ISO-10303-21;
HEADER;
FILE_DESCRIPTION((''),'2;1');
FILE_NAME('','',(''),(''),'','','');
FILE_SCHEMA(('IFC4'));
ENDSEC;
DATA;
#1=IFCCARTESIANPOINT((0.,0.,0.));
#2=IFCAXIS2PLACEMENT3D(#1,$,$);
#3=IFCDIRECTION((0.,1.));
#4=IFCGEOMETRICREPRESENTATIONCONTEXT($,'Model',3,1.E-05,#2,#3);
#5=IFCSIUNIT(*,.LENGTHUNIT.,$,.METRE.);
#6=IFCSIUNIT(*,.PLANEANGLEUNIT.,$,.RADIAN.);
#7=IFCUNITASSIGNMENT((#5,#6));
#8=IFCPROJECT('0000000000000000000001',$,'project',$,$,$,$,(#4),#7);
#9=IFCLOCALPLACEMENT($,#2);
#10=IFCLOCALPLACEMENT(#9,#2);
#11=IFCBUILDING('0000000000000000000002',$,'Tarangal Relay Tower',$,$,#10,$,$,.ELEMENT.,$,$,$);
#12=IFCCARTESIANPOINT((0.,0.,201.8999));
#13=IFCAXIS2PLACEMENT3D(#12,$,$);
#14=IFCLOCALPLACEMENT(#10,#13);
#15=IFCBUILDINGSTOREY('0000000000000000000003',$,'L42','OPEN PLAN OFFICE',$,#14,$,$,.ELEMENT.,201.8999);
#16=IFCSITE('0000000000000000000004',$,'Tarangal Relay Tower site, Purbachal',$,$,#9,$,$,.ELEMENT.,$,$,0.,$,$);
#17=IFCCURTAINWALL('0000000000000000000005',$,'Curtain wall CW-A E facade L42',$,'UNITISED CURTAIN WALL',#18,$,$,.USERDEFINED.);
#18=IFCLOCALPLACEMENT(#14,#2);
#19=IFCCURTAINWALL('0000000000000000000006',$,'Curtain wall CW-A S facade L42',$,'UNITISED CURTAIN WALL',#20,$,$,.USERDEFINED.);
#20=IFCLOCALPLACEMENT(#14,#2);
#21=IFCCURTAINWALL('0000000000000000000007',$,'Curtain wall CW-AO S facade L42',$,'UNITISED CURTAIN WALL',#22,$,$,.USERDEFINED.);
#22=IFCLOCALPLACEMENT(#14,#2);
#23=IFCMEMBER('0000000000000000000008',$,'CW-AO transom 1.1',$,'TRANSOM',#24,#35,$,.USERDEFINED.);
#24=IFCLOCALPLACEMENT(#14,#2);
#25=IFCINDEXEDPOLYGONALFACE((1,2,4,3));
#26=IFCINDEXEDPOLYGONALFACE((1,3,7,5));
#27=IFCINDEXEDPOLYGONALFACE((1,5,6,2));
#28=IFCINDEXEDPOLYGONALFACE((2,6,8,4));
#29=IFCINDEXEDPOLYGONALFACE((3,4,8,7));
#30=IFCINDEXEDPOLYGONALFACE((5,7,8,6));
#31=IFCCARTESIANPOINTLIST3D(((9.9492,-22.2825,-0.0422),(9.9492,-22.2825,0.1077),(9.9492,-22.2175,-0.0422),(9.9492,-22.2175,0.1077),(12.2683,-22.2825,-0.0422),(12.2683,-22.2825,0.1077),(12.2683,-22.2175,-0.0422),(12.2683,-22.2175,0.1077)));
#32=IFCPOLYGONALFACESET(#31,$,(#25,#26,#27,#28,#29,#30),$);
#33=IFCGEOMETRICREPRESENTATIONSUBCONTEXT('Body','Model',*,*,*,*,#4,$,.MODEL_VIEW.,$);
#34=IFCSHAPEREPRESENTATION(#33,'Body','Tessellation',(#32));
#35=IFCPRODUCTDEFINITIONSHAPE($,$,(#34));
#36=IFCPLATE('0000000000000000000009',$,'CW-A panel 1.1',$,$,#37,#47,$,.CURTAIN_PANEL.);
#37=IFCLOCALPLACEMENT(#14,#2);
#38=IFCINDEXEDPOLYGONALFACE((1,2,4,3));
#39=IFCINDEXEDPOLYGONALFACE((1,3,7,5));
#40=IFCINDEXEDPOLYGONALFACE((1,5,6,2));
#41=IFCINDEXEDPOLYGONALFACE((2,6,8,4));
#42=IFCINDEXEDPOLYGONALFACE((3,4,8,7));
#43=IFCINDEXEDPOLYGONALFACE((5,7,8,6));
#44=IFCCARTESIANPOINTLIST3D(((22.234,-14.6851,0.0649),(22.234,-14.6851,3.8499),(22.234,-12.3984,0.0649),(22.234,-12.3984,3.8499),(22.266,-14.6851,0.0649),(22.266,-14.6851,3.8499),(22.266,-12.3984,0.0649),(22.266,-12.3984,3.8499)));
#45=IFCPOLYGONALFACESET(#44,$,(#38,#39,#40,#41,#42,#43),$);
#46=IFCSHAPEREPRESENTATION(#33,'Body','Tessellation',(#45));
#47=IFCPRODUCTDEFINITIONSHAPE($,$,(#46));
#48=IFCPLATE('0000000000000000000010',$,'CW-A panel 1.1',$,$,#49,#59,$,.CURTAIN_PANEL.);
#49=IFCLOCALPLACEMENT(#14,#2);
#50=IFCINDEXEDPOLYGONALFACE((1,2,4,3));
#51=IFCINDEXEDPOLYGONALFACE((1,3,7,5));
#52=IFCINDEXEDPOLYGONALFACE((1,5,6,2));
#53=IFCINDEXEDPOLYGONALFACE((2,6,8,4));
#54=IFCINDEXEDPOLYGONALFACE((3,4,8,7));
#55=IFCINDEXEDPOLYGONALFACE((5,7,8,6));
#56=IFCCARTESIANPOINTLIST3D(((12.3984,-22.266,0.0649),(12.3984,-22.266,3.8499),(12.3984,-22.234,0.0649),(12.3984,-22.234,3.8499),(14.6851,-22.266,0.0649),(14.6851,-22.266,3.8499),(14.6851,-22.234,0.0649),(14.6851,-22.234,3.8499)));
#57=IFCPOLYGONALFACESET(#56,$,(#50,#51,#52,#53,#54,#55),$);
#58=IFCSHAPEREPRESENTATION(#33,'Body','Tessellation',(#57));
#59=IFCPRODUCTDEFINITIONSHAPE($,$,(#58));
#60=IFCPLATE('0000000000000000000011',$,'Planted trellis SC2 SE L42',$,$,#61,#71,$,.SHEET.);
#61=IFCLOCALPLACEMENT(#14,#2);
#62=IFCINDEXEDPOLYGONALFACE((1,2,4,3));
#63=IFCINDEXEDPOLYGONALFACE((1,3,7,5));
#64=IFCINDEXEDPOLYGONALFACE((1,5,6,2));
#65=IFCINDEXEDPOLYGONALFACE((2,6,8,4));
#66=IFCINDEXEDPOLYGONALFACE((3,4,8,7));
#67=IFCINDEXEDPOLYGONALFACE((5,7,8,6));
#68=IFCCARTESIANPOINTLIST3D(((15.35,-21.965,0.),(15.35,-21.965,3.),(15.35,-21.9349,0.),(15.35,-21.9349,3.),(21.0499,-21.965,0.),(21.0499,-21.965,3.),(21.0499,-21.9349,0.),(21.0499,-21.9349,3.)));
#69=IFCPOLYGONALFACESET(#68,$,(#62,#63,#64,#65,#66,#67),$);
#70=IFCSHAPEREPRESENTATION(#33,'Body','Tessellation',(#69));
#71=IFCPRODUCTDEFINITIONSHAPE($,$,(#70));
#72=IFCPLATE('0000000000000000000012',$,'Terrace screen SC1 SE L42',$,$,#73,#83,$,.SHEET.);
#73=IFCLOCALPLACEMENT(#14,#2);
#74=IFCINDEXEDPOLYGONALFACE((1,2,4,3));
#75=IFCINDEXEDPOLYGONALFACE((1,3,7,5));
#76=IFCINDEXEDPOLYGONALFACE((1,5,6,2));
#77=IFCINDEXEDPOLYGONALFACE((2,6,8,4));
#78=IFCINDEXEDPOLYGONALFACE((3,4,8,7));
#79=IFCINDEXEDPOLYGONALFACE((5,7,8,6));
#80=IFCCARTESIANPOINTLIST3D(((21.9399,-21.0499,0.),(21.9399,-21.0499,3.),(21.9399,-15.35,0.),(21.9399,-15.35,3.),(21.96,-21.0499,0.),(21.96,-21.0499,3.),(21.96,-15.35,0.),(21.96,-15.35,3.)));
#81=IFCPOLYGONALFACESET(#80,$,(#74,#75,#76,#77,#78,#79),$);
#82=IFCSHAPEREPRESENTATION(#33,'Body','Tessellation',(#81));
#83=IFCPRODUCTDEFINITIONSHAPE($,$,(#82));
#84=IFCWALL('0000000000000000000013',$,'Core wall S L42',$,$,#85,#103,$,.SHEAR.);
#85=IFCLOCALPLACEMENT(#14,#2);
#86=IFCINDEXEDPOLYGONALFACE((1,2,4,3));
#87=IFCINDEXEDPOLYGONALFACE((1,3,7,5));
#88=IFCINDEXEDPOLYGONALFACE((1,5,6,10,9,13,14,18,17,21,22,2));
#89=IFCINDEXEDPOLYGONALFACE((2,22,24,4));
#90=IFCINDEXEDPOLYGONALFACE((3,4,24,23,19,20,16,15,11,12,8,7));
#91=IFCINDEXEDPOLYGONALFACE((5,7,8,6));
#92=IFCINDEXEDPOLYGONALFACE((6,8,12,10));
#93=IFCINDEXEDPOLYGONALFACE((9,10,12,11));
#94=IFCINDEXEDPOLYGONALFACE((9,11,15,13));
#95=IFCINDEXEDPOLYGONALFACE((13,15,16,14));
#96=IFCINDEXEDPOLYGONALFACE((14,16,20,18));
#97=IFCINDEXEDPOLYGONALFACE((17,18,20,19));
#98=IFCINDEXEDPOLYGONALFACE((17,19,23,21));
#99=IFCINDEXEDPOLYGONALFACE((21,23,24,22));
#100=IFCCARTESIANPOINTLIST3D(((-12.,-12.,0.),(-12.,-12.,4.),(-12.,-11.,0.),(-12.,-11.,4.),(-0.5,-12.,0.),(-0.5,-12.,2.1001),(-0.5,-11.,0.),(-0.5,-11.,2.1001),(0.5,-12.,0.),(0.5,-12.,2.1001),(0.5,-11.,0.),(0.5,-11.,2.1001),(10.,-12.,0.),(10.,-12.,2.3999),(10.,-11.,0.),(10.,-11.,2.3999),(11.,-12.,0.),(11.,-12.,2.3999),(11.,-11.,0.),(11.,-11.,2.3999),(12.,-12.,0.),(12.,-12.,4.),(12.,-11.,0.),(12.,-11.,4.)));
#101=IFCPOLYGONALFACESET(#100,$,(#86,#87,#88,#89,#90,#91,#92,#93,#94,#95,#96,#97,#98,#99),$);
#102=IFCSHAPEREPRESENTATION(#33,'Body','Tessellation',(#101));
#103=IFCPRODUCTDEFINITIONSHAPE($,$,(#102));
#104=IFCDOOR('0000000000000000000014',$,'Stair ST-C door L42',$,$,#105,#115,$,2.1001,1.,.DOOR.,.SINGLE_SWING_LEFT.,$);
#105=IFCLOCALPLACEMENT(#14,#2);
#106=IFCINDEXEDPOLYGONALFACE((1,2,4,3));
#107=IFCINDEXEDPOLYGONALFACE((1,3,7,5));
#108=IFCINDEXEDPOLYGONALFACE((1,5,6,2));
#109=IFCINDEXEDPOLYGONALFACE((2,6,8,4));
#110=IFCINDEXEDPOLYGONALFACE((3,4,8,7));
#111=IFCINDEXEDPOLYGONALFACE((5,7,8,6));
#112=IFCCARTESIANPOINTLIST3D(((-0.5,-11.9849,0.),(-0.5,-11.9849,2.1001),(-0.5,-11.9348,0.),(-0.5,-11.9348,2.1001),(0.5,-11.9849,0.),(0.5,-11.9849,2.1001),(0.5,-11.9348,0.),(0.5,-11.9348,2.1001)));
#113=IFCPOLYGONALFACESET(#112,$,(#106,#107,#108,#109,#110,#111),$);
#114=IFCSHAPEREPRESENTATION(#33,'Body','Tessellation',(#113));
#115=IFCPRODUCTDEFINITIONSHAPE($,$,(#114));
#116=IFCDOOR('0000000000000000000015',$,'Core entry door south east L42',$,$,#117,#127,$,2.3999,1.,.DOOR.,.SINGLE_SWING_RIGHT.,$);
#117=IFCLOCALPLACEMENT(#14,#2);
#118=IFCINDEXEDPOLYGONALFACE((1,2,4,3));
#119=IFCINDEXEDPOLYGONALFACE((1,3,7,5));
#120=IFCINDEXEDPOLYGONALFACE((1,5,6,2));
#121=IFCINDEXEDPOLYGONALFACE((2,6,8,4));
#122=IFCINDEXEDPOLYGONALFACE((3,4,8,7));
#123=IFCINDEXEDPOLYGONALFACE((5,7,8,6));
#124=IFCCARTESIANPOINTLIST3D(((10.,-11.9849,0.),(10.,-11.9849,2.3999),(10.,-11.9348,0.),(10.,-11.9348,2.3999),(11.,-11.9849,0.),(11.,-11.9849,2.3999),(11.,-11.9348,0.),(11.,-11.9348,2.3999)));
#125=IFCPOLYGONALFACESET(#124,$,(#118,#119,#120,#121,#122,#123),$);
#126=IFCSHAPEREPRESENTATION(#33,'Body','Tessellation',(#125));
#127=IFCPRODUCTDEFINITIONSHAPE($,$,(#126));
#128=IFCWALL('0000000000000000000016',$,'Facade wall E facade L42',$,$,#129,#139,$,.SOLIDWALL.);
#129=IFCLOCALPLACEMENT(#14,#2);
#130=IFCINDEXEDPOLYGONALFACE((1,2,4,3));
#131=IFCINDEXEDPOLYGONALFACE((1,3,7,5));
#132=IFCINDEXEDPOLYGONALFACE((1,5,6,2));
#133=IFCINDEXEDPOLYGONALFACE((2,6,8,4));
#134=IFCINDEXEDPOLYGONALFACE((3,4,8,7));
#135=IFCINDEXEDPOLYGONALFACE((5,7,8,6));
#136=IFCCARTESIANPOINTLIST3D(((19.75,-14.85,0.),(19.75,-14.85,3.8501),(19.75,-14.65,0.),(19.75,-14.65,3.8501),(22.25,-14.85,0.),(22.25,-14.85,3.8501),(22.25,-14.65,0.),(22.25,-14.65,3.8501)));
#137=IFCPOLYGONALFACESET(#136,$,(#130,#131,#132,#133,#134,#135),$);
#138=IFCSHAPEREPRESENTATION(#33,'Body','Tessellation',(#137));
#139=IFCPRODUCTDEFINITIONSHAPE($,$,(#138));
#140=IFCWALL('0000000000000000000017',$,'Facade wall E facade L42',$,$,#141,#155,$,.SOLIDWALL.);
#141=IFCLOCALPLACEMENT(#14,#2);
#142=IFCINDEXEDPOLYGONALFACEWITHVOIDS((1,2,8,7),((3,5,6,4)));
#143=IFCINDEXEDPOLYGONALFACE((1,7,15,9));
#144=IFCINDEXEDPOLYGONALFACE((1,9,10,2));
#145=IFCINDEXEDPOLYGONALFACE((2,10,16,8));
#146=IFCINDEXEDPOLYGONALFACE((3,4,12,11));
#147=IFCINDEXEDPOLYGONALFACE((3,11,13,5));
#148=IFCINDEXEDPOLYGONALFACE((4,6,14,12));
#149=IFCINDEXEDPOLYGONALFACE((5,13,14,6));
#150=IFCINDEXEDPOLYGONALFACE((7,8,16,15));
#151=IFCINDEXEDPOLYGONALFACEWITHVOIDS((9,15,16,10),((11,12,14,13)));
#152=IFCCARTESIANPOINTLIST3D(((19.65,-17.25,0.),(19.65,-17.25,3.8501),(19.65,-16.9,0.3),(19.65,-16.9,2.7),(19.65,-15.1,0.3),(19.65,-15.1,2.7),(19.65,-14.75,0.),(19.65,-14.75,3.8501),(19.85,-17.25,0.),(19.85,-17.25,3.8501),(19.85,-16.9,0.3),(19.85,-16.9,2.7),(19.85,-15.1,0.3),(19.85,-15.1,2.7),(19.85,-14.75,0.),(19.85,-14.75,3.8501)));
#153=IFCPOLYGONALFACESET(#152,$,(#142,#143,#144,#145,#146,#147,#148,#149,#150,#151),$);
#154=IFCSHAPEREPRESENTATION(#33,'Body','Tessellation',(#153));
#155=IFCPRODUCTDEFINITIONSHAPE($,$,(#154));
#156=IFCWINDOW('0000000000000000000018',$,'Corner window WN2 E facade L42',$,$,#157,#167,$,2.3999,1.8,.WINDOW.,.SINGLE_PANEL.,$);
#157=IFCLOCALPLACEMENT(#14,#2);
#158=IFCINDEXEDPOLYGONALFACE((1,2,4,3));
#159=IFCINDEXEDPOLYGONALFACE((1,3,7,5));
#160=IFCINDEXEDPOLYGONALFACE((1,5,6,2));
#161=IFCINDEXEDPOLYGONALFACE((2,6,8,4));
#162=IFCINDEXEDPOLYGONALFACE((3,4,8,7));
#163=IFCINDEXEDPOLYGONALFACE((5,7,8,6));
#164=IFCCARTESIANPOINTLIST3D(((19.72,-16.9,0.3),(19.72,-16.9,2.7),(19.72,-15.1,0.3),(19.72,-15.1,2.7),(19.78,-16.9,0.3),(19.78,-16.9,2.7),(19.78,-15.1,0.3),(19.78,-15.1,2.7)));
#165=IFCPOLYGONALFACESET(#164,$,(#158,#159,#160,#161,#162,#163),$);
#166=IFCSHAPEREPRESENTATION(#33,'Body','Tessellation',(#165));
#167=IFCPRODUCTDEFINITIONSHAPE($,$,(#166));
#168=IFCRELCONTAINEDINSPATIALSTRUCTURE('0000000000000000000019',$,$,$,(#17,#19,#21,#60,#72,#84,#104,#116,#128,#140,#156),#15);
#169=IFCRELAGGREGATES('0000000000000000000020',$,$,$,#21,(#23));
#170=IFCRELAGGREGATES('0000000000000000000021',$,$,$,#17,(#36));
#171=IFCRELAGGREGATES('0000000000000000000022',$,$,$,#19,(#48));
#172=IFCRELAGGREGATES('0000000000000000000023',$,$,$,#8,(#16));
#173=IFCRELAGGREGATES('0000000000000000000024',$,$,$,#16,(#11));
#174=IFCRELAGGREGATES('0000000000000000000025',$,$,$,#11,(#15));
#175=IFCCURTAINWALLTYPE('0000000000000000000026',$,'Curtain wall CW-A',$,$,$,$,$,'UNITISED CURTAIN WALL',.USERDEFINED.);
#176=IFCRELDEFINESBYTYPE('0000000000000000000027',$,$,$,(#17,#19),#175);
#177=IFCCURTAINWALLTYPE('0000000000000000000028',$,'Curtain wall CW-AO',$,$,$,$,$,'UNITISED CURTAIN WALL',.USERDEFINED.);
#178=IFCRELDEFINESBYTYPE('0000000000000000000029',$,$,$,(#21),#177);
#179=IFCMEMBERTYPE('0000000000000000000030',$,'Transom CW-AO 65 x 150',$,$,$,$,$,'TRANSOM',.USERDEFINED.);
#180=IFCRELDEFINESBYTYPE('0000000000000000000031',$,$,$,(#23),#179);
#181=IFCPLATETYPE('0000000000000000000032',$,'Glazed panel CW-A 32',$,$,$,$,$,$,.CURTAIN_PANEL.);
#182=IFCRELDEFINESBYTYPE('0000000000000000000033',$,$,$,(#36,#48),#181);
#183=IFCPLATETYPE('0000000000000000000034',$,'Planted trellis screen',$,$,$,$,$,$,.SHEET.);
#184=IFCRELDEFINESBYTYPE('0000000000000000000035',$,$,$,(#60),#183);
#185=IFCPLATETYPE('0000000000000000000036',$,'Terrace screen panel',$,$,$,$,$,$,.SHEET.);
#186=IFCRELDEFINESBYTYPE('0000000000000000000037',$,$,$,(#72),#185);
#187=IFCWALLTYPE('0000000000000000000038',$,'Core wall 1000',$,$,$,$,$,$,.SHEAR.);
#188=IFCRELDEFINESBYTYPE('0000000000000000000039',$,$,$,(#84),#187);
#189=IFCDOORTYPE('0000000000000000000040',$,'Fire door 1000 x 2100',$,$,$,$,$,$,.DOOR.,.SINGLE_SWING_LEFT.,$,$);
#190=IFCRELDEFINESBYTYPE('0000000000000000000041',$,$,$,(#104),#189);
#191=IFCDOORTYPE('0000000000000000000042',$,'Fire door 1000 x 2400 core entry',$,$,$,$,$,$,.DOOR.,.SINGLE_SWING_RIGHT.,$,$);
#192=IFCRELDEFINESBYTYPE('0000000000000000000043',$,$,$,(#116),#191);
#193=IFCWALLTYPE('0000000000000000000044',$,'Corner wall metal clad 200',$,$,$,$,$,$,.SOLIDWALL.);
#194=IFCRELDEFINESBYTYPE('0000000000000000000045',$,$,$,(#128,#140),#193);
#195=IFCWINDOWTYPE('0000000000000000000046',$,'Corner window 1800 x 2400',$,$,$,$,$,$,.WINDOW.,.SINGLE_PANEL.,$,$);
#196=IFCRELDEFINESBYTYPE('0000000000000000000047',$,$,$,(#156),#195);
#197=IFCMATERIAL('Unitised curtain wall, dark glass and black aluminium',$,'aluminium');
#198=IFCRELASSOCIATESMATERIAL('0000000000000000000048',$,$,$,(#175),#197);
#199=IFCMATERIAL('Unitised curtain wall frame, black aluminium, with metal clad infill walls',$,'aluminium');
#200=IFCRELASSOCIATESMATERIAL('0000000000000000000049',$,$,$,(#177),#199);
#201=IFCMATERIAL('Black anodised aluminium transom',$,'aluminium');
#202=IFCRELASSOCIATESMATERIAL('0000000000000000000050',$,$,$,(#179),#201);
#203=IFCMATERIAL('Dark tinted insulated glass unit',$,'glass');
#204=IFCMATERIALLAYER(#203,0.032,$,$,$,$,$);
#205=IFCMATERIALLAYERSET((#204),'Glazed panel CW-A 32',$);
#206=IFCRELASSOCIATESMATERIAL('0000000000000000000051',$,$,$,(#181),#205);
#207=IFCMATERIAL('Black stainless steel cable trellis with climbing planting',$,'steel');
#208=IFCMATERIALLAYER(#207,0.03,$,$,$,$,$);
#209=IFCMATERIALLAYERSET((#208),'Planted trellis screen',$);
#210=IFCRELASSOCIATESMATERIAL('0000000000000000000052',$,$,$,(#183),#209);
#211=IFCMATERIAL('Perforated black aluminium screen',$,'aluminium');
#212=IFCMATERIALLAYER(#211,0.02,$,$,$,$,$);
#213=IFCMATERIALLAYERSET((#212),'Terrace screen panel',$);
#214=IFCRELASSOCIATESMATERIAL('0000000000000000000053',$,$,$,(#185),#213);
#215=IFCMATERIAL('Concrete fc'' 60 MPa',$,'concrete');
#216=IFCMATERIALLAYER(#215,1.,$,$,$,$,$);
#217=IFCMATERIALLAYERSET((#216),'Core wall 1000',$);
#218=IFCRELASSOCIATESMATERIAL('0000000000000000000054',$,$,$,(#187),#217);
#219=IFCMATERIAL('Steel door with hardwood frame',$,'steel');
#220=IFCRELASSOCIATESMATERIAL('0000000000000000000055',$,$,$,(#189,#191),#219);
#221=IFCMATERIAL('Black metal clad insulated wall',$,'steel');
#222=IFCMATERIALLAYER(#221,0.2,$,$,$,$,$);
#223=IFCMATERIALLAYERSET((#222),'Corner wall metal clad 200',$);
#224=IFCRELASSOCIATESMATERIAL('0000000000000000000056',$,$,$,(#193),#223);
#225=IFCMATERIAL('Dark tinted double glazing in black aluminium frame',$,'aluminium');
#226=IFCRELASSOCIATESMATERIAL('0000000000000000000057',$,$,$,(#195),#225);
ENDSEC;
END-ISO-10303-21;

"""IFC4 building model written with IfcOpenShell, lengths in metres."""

from ifc_helpers import new_model, si_unit, direction, frame, frame_2d, origin, origin_2d, place, context, subcontext, project, spatial, rectangle, extrude, material, layer, layer_set, material_profile, profile_set, type_object, element, fill, aggregate, save


model = new_model("IFC4")

# Units and contexts
model_context = context("Model", 3, precision=1e-05, world=origin(), true_north=direction((0.0, 1.0)))
body_context = subcontext(model_context, "Body", "Model", "MODEL_VIEW")
ifc_project = project(units=[si_unit("LENGTHUNIT", "METRE"), si_unit("PLANEANGLEUNIT", "RADIAN")], contexts=[model_context])

# Site, building, storey
site_placement = place(None, origin())
site = spatial("IfcSite", under=ifc_project, at=site_placement, Name="Tarangal Relay Tower site, Purbachal", CompositionType="ELEMENT", RefElevation=0.0)
building_placement = place(site_placement, origin())
building = spatial("IfcBuilding", under=site, at=building_placement, Name="Tarangal Relay Tower", CompositionType="ELEMENT")
storey_placement = place(building_placement, frame((0.0, 0.0, 201.8999)))
storey = spatial("IfcBuildingStorey", under=building, at=storey_placement, Name="L42", Description="OPEN PLAN OFFICE", CompositionType="ELEMENT", Elevation=201.8999)

# Curtain walls
ifc_material_1 = material(Name="Unitised curtain wall, dark glass and black aluminium", Category="aluminium")
curtain_wall_type_1 = type_object("IfcCurtainWallType", Name="Curtain wall CW-A", ElementType="UNITISED CURTAIN WALL", PredefinedType="USERDEFINED", material=ifc_material_1)
curtain_wall_1_placement = place(storey_placement, origin())
curtain_wall_1 = element("IfcCurtainWall", 1, at=curtain_wall_1_placement, inside=storey, type_object=curtain_wall_type_1, Name="Curtain wall CW-A E facade L42", ObjectType="UNITISED CURTAIN WALL", PredefinedType="USERDEFINED")
curtain_wall_2_placement = place(storey_placement, origin())
curtain_wall_2 = element("IfcCurtainWall", 2, at=curtain_wall_2_placement, inside=storey, type_object=curtain_wall_type_1, Name="Curtain wall CW-A S facade L42", ObjectType="UNITISED CURTAIN WALL", PredefinedType="USERDEFINED")

# Curtain wall
ifc_material_2 = material(Name="Unitised curtain wall frame, black aluminium, with metal clad infill walls", Category="aluminium")
curtain_wall_type_2 = type_object("IfcCurtainWallType", Name="Curtain wall CW-AO", ElementType="UNITISED CURTAIN WALL", PredefinedType="USERDEFINED", material=ifc_material_2)
curtain_wall_3_placement = place(storey_placement, origin())
curtain_wall_3 = element("IfcCurtainWall", 3, at=curtain_wall_3_placement, inside=storey, type_object=curtain_wall_type_2, Name="Curtain wall CW-AO S facade L42", ObjectType="UNITISED CURTAIN WALL", PredefinedType="USERDEFINED")

# Member
ifc_material_3 = material(Name="Black anodised aluminium transom", Category="aluminium")
ifc_material_profile_1 = material_profile(ifc_material_3, rectangle(XDim=0.0649, YDim=0.1499, at=origin_2d()), Name="CW-AOT 65X150")
ifc_profile_set_1 = profile_set([ifc_material_profile_1], Name="Black anodised aluminium transom")
member_type_1 = type_object("IfcMemberType", Name="Transom CW-AO 65 x 150", ElementType="TRANSOM", PredefinedType="USERDEFINED", material=ifc_profile_set_1)
member_1_placement = place(storey_placement, frame((12.2683, -22.25, 0.0327), z_axis=(-1.0, 0.0, 0.0), x_axis=(0.0, -1.0, 0.0)))
member_1 = element("IfcMember", 4, at=member_1_placement, type_object=member_type_1, Name="CW-AO transom 1.1", ObjectType="TRANSOM", PredefinedType="USERDEFINED", context=body_context, shape_type="SweptSolid", body=[
    extrude(rectangle(XDim=0.0649, YDim=0.1499, at=origin_2d()), origin(), (0.0, 0.0, 1.0), 2.3191),
])
aggregate(curtain_wall_3, [member_1])

# Plates
ifc_material_4 = material(Name="Dark tinted insulated glass unit", Category="glass")
ifc_layer_1 = layer(ifc_material_4, 0.032)
ifc_layer_set_1 = layer_set([ifc_layer_1], Name="Glazed panel CW-A 32")
plate_type_1 = type_object("IfcPlateType", Name="Glazed panel CW-A 32", PredefinedType="CURTAIN_PANEL", material=ifc_layer_set_1)
plate_1_placement = place(storey_placement, frame((22.25, -13.5417, 0.0649), z_axis=(0.0, 0.0, 1.0), x_axis=(0.0, -1.0, 0.0)))
plate_1 = element("IfcPlate", 5, at=plate_1_placement, type_object=plate_type_1, Name="CW-A panel 1.1", PredefinedType="CURTAIN_PANEL", context=body_context, shape_type="SweptSolid", body=[
    extrude(rectangle(XDim=2.2866, YDim=0.032, at=origin_2d()), origin(), (0.0, 0.0, 1.0), 3.7849),
])
aggregate(curtain_wall_1, [plate_1])
plate_2_placement = place(storey_placement, frame((13.5417, -22.25, 0.0649), z_axis=(0.0, 0.0, 1.0), x_axis=(-1.0, 0.0, 0.0)))
plate_2 = element("IfcPlate", 6, at=plate_2_placement, type_object=plate_type_1, Name="CW-A panel 1.1", PredefinedType="CURTAIN_PANEL", context=body_context, shape_type="SweptSolid", body=[
    extrude(rectangle(XDim=2.2866, YDim=0.032, at=origin_2d()), origin(), (0.0, 0.0, 1.0), 3.7849),
])
aggregate(curtain_wall_2, [plate_2])

# Plates
ifc_material_5 = material(Name="Black stainless steel cable trellis with climbing planting", Category="steel")
ifc_layer_2 = layer(ifc_material_5, 0.03)
ifc_layer_set_2 = layer_set([ifc_layer_2], Name="Planted trellis screen")
plate_type_2 = type_object("IfcPlateType", Name="Planted trellis screen", PredefinedType="SHEET", material=ifc_layer_set_2)
plate_3_placement = place(storey_placement, frame((18.2, -21.95, 0.0), z_axis=(0.0, 0.0, 1.0), x_axis=(-1.0, 0.0, 0.0)))
element("IfcPlate", 7, at=plate_3_placement, inside=storey, type_object=plate_type_2, Name="Planted trellis SC2 SE L42", PredefinedType="SHEET", context=body_context, shape_type="SweptSolid", body=[
    extrude(rectangle(XDim=5.7, YDim=0.03, at=origin_2d()), origin(), (0.0, 0.0, 1.0), 3.0),
])
ifc_material_6 = material(Name="Perforated black aluminium screen", Category="aluminium")
ifc_layer_3 = layer(ifc_material_6, 0.02)
ifc_layer_set_3 = layer_set([ifc_layer_3], Name="Terrace screen panel")
plate_type_3 = type_object("IfcPlateType", Name="Terrace screen panel", PredefinedType="SHEET", material=ifc_layer_set_3)
plate_4_placement = place(storey_placement, frame((21.95, -18.2, 0.0), z_axis=(0.0, 0.0, 1.0), x_axis=(0.0, -1.0, 0.0)))
element("IfcPlate", 8, at=plate_4_placement, inside=storey, type_object=plate_type_3, Name="Terrace screen SC1 SE L42", PredefinedType="SHEET", context=body_context, shape_type="SweptSolid", body=[
    extrude(rectangle(XDim=5.7, YDim=0.02, at=origin_2d()), origin(), (0.0, 0.0, 1.0), 3.0),
])

# Wall, openings, doors
ifc_material_7 = material(Name="Concrete fc' 60 MPa", Category="concrete")
ifc_layer_4 = layer(ifc_material_7, 1.0)
ifc_layer_set_4 = layer_set([ifc_layer_4], Name="Core wall 1000")
wall_type_1 = type_object("IfcWallType", Name="Core wall 1000", PredefinedType="SHEAR", material=ifc_layer_set_4)
wall_1_placement = place(storey_placement, frame((12.0, -11.5, 0.0), z_axis=(0.0, 0.0, 1.0), x_axis=(-1.0, 0.0, 0.0)))
wall_1 = element("IfcWall", 9, at=wall_1_placement, inside=storey, type_object=wall_type_1, Name="Core wall S L42", PredefinedType="SHEAR", context=body_context, shape_type="SweptSolid", body=[
    extrude(rectangle(XDim=24.0, YDim=1.0, at=frame_2d((12.0, 0.0))), origin(), (0.0, 0.0, 1.0), 4.0),
])
opening_1_placement = place(wall_1_placement, frame((11.5, 0.0, 0.0)))
opening_1 = element("IfcOpeningElement", 10, at=opening_1_placement, cuts=wall_1, PredefinedType="OPENING", context=body_context, shape_type="SweptSolid", body=[
    extrude(rectangle(XDim=1.0, YDim=2.1001, at=frame_2d((0.5, 1.05))), frame((0.0, 0.51, 0.0), z_axis=(0.0, -1.0, 0.0), x_axis=(1.0, 0.0, 0.0)), (0.0, 0.0, 1.0), 1.02),
])
opening_2_placement = place(wall_1_placement, frame((1.0, 0.0, 0.0)))
opening_2 = element("IfcOpeningElement", 11, at=opening_2_placement, cuts=wall_1, PredefinedType="OPENING", context=body_context, shape_type="SweptSolid", body=[
    extrude(rectangle(XDim=1.0, YDim=2.3999, at=frame_2d((0.5, 1.2))), frame((0.0, 0.51, 0.0), z_axis=(0.0, -1.0, 0.0), x_axis=(1.0, 0.0, 0.0)), (0.0, 0.0, 1.0), 1.02),
])
ifc_material_8 = material(Name="Steel door with hardwood frame", Category="steel")
door_type_1 = type_object("IfcDoorType", Name="Fire door 1000 x 2100", OperationType="SINGLE_SWING_LEFT", PredefinedType="DOOR", material=ifc_material_8)
door_1_placement = place(opening_1_placement, origin())
door_1 = element("IfcDoor", 12, at=door_1_placement, inside=storey, type_object=door_type_1, Name="Stair ST-C door L42", OperationType="SINGLE_SWING_LEFT", OverallHeight=2.1001, OverallWidth=1.0, PredefinedType="DOOR", context=body_context, shape_type="SweptSolid", body=[
    extrude(rectangle(XDim=1.0, YDim=2.1001, at=frame_2d((0.5, 1.05))), frame((0.0, 0.4849, 0.0), z_axis=(0.0, -1.0, 0.0), x_axis=(1.0, 0.0, 0.0)), (0.0, 0.0, 1.0), 0.05),
])
fill(opening_1, door_1)
door_type_2 = type_object("IfcDoorType", Name="Fire door 1000 x 2400 core entry", OperationType="SINGLE_SWING_RIGHT", PredefinedType="DOOR", material=ifc_material_8)
door_2_placement = place(opening_2_placement, origin())
door_2 = element("IfcDoor", 13, at=door_2_placement, inside=storey, type_object=door_type_2, Name="Core entry door south east L42", OperationType="SINGLE_SWING_RIGHT", OverallHeight=2.3999, OverallWidth=1.0, PredefinedType="DOOR", context=body_context, shape_type="SweptSolid", body=[
    extrude(rectangle(XDim=1.0, YDim=2.3999, at=frame_2d((0.5, 1.2))), frame((0.0, 0.4849, 0.0), z_axis=(0.0, -1.0, 0.0), x_axis=(1.0, 0.0, 0.0)), (0.0, 0.0, 1.0), 0.05),
])
fill(opening_2, door_2)

# Wall
ifc_material_9 = material(Name="Black metal clad insulated wall", Category="steel")
ifc_layer_5 = layer(ifc_material_9, 0.2)
ifc_layer_set_5 = layer_set([ifc_layer_5], Name="Corner wall metal clad 200")
wall_type_2 = type_object("IfcWallType", Name="Corner wall metal clad 200", PredefinedType="SOLIDWALL", material=ifc_layer_set_5)
wall_2_placement = place(storey_placement, frame((22.25, -14.75, 0.0), z_axis=(0.0, 0.0, 1.0), x_axis=(-1.0, 0.0, 0.0)))
element("IfcWall", 14, at=wall_2_placement, inside=storey, type_object=wall_type_2, Name="Facade wall E facade L42", PredefinedType="SOLIDWALL", context=body_context, shape_type="SweptSolid", body=[
    extrude(rectangle(XDim=2.5, YDim=0.2, at=frame_2d((1.25, 0.0))), origin(), (0.0, 0.0, 1.0), 3.8501),
])

# Wall, opening, window
wall_3_placement = place(storey_placement, frame((19.75, -14.75, 0.0), z_axis=(0.0, 0.0, 1.0), x_axis=(0.0, -1.0, 0.0)))
wall_3 = element("IfcWall", 15, at=wall_3_placement, inside=storey, type_object=wall_type_2, Name="Facade wall E facade L42", PredefinedType="SOLIDWALL", context=body_context, shape_type="SweptSolid", body=[
    extrude(rectangle(XDim=2.5, YDim=0.2, at=frame_2d((1.25, 0.0))), origin(), (0.0, 0.0, 1.0), 3.8501),
])
opening_3_placement = place(wall_3_placement, frame((0.3501, 0.0, 0.3)))
opening_3 = element("IfcOpeningElement", 16, at=opening_3_placement, cuts=wall_3, PredefinedType="OPENING", context=body_context, shape_type="SweptSolid", body=[
    extrude(rectangle(XDim=1.8, YDim=2.3999, at=frame_2d((0.8999, 1.2))), frame((0.0, 0.1099, 0.0), z_axis=(0.0, -1.0, 0.0), x_axis=(1.0, 0.0, 0.0)), (0.0, 0.0, 1.0), 0.22),
])
ifc_material_10 = material(Name="Dark tinted double glazing in black aluminium frame", Category="aluminium")
window_type = type_object("IfcWindowType", Name="Corner window 1800 x 2400", PartitioningType="SINGLE_PANEL", PredefinedType="WINDOW", material=ifc_material_10)
window_1_placement = place(opening_3_placement, origin())
window_1 = element("IfcWindow", 17, at=window_1_placement, inside=storey, type_object=window_type, Name="Corner window WN2 E facade L42", OverallHeight=2.3999, OverallWidth=1.8, PartitioningType="SINGLE_PANEL", PredefinedType="WINDOW", context=body_context, shape_type="SweptSolid", body=[
    extrude(rectangle(XDim=1.8, YDim=2.3999, at=frame_2d((0.8999, 1.2))), frame((0.0, 0.03, 0.0), z_axis=(0.0, -1.0, 0.0), x_axis=(1.0, 0.0, 0.0)), (0.0, 0.0, 1.0), 0.0601),
])
fill(opening_3, window_1)

save(model, "model.ifc")
